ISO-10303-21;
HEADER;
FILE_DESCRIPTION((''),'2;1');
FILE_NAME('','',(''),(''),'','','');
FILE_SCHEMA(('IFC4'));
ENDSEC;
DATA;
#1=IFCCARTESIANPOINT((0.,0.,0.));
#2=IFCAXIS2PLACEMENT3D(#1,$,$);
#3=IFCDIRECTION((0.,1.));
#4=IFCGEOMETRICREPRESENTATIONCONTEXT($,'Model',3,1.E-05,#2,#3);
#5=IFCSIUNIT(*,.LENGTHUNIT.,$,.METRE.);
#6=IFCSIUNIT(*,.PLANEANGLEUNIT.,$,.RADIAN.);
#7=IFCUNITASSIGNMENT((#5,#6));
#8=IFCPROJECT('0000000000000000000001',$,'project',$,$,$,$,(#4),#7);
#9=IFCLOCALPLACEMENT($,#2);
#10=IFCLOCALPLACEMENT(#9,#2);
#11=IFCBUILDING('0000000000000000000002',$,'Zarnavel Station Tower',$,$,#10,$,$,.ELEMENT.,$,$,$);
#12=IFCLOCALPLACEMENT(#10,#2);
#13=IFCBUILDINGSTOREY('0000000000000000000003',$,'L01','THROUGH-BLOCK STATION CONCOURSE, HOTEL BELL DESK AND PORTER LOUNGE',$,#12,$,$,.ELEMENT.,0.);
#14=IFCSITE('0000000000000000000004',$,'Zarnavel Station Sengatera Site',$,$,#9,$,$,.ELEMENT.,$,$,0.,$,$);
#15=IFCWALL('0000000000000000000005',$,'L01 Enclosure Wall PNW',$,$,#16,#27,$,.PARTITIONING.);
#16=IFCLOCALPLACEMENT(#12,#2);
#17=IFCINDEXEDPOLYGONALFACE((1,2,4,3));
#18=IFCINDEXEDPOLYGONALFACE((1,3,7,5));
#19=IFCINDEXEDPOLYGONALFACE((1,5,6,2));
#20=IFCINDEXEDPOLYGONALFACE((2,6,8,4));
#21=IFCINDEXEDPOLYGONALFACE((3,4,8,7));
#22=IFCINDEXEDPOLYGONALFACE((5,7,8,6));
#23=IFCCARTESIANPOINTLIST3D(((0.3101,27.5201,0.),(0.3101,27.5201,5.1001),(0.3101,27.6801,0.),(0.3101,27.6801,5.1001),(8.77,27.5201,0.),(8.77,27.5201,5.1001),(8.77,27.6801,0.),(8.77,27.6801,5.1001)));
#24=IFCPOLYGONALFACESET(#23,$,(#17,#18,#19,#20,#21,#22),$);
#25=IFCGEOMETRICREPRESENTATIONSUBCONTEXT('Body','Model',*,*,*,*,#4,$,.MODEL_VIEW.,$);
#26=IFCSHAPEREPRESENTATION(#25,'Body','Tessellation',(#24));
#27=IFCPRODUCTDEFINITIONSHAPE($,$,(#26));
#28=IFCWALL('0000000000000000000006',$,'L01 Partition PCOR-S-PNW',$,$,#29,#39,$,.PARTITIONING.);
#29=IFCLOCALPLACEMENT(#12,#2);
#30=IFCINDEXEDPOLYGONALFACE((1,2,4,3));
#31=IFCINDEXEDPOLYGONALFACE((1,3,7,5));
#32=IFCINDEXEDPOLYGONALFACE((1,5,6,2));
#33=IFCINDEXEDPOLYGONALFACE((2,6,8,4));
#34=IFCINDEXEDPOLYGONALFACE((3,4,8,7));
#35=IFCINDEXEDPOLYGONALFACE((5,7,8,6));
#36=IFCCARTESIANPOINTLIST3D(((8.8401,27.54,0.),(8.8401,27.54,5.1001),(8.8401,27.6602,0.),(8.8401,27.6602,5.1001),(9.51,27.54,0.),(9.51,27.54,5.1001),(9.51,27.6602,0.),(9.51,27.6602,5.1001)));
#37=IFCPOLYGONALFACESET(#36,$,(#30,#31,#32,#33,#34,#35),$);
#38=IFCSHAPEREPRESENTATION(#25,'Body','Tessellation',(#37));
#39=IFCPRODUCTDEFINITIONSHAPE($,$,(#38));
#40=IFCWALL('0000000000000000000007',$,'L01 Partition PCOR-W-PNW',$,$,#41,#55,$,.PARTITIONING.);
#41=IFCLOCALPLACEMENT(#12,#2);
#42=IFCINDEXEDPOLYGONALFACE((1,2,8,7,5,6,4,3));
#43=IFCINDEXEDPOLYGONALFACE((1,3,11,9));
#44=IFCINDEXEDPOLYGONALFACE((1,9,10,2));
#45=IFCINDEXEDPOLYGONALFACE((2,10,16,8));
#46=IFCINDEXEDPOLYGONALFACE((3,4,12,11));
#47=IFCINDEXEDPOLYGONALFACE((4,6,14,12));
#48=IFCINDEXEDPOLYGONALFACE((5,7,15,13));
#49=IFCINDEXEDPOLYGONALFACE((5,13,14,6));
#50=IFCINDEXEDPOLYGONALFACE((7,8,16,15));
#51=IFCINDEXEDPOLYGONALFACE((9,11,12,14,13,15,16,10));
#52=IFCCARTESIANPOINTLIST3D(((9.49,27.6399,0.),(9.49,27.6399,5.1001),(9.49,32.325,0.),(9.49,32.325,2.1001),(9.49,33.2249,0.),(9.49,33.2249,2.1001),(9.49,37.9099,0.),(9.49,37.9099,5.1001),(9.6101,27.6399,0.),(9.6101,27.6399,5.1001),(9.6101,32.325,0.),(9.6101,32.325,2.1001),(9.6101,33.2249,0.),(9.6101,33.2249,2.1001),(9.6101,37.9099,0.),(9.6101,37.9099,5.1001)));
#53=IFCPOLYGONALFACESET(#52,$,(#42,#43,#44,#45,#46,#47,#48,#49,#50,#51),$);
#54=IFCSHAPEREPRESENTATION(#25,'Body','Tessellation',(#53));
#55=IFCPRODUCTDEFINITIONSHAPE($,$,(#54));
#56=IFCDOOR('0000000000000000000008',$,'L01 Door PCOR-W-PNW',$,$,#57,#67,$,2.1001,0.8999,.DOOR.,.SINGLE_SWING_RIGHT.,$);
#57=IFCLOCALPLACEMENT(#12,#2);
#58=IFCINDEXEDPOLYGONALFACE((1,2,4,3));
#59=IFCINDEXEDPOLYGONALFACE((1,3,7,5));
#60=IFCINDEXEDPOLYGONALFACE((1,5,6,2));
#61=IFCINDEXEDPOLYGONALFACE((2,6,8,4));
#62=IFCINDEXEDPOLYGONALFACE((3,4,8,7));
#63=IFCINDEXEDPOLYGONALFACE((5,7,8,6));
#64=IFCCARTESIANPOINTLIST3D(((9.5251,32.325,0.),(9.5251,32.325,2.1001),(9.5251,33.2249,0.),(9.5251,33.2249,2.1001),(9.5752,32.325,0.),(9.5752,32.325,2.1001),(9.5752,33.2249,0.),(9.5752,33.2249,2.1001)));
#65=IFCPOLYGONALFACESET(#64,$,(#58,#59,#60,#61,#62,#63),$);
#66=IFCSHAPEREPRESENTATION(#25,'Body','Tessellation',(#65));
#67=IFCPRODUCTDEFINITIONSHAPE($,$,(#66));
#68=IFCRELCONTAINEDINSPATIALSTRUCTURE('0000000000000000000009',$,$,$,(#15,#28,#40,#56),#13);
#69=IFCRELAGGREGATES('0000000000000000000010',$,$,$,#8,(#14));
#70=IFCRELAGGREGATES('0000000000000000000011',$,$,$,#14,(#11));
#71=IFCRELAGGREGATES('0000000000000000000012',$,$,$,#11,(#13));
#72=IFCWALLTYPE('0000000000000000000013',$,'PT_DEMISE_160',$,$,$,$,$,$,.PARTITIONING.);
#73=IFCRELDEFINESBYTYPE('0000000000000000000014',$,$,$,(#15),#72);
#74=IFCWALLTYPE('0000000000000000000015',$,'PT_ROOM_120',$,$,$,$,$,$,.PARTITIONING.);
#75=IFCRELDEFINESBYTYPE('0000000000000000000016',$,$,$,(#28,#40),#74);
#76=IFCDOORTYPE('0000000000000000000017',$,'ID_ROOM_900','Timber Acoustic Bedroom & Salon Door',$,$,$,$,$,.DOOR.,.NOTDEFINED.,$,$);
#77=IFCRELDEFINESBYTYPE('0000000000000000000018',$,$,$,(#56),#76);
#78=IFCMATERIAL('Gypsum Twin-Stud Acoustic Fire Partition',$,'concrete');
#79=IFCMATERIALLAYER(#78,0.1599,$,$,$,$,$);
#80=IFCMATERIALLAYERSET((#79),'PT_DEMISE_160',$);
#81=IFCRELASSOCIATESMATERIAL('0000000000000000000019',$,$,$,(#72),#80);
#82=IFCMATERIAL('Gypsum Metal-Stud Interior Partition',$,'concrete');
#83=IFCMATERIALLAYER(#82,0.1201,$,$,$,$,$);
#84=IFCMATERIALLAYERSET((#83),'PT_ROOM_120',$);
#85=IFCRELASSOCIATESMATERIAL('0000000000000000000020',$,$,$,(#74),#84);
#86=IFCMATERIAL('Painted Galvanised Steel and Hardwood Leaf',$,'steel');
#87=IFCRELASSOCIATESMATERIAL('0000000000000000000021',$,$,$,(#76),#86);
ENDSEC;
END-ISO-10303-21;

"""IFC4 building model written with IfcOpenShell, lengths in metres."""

from ifc_helpers import new_model, si_unit, direction, frame, frame_2d, origin, place, context, subcontext, project, spatial, rectangle, extrude, material, layer, layer_set, type_object, element, fill, save


model = new_model("IFC4")

# Units and contexts
model_context = context("Model", 3, precision=1e-05, world=origin(), true_north=direction((0.0, 1.0)))
body_context = subcontext(model_context, "Body", "Model", "MODEL_VIEW")
ifc_project = project(units=[si_unit("LENGTHUNIT", "METRE"), si_unit("PLANEANGLEUNIT", "RADIAN")], contexts=[model_context])

# Site, building, storey
site_placement = place(None, origin())
site = spatial("IfcSite", under=ifc_project, at=site_placement, Name="Zarnavel Station Sengatera Site", CompositionType="ELEMENT", RefElevation=0.0)
building_placement = place(site_placement, origin())
building = spatial("IfcBuilding", under=site, at=building_placement, Name="Zarnavel Station Tower", CompositionType="ELEMENT")
storey_placement = place(building_placement, origin())
storey = spatial("IfcBuildingStorey", under=building, at=storey_placement, Name="L01", Description="THROUGH-BLOCK STATION CONCOURSE, HOTEL BELL DESK AND PORTER LOUNGE", CompositionType="ELEMENT", Elevation=0.0)

# Shared definitions
ifc_material_1 = material(Name="Gypsum Twin-Stud Acoustic Fire Partition", Category="concrete")
ifc_layer_1 = layer(ifc_material_1, 0.1599)
ifc_layer_set_1 = layer_set([ifc_layer_1], Name="PT_DEMISE_160")
wall_type_1 = type_object("IfcWallType", Name="PT_DEMISE_160", PredefinedType="PARTITIONING", material=ifc_layer_set_1)

# Walls
wall_1_placement = place(storey_placement, frame((0.3101, 27.6001, 0.0), z_axis=(0.0, 0.0, 1.0), x_axis=(1.0, 0.0, 0.0)))
element("IfcWall", 1, at=wall_1_placement, inside=storey, type_object=wall_type_1, Name="L01 Enclosure Wall PNW", PredefinedType="PARTITIONING", context=body_context, shape_type="SweptSolid", body=[
    extrude(rectangle(XDim=8.46, YDim=0.1599, at=frame_2d((4.23, 0.0))), origin(), (0.0, 0.0, 1.0), 5.1001),
])
ifc_material_2 = material(Name="Gypsum Metal-Stud Interior Partition", Category="concrete")
ifc_layer_2 = layer(ifc_material_2, 0.1201)
ifc_layer_set_2 = layer_set([ifc_layer_2], Name="PT_ROOM_120")
wall_type_2 = type_object("IfcWallType", Name="PT_ROOM_120", PredefinedType="PARTITIONING", material=ifc_layer_set_2)
wall_2_placement = place(storey_placement, frame((8.8401, 27.6001, 0.0), z_axis=(0.0, 0.0, 1.0), x_axis=(1.0, 0.0, 0.0)))
element("IfcWall", 2, at=wall_2_placement, inside=storey, type_object=wall_type_2, Name="L01 Partition PCOR-S-PNW", PredefinedType="PARTITIONING", context=body_context, shape_type="SweptSolid", body=[
    extrude(rectangle(XDim=0.6699, YDim=0.1201, at=frame_2d((0.335, 0.0))), origin(), (0.0, 0.0, 1.0), 5.1001),
])

# Wall, opening, door
wall_3_placement = place(storey_placement, frame((9.55, 27.6399, 0.0), z_axis=(0.0, 0.0, 1.0), x_axis=(0.0, 1.0, 0.0)))
wall_3 = element("IfcWall", 3, at=wall_3_placement, inside=storey, type_object=wall_type_2, Name="L01 Partition PCOR-W-PNW", PredefinedType="PARTITIONING", context=body_context, shape_type="SweptSolid", body=[
    extrude(rectangle(XDim=10.27, YDim=0.1201, at=frame_2d((5.135, 0.0))), origin(), (0.0, 0.0, 1.0), 5.1001),
])
opening_1_placement = place(wall_3_placement, frame((4.6851, 0.0, 0.0)))
opening_1 = element("IfcOpeningElement", 4, at=opening_1_placement, cuts=wall_3, PredefinedType="OPENING", context=body_context, shape_type="SweptSolid", body=[
    extrude(rectangle(XDim=0.8999, YDim=2.1001, at=frame_2d((0.45, 1.05))), frame((0.0, 0.0701, 0.0), z_axis=(0.0, -1.0, 0.0), x_axis=(1.0, 0.0, 0.0)), (0.0, 0.0, 1.0), 0.1401),
])
ifc_material_3 = material(Name="Painted Galvanised Steel and Hardwood Leaf", Category="steel")
door_type_1 = type_object("IfcDoorType", Name="ID_ROOM_900", Description="Timber Acoustic Bedroom & Salon Door", OperationType="NOTDEFINED", PredefinedType="DOOR", material=ifc_material_3)
door_1_placement = place(opening_1_placement, origin())
door_1 = element("IfcDoor", 5, at=door_1_placement, inside=storey, type_object=door_type_1, Name="L01 Door PCOR-W-PNW", OperationType="SINGLE_SWING_RIGHT", OverallHeight=2.1001, OverallWidth=0.8999, PredefinedType="DOOR", context=body_context, shape_type="SweptSolid", body=[
    extrude(rectangle(XDim=0.8999, YDim=2.1001, at=frame_2d((0.45, 1.05))), frame((0.0, 0.0249, 0.0), z_axis=(0.0, -1.0, 0.0), x_axis=(1.0, 0.0, 0.0)), (0.0, 0.0, 1.0), 0.05),
])
fill(opening_1, door_1)

save(model, "model.ifc")
